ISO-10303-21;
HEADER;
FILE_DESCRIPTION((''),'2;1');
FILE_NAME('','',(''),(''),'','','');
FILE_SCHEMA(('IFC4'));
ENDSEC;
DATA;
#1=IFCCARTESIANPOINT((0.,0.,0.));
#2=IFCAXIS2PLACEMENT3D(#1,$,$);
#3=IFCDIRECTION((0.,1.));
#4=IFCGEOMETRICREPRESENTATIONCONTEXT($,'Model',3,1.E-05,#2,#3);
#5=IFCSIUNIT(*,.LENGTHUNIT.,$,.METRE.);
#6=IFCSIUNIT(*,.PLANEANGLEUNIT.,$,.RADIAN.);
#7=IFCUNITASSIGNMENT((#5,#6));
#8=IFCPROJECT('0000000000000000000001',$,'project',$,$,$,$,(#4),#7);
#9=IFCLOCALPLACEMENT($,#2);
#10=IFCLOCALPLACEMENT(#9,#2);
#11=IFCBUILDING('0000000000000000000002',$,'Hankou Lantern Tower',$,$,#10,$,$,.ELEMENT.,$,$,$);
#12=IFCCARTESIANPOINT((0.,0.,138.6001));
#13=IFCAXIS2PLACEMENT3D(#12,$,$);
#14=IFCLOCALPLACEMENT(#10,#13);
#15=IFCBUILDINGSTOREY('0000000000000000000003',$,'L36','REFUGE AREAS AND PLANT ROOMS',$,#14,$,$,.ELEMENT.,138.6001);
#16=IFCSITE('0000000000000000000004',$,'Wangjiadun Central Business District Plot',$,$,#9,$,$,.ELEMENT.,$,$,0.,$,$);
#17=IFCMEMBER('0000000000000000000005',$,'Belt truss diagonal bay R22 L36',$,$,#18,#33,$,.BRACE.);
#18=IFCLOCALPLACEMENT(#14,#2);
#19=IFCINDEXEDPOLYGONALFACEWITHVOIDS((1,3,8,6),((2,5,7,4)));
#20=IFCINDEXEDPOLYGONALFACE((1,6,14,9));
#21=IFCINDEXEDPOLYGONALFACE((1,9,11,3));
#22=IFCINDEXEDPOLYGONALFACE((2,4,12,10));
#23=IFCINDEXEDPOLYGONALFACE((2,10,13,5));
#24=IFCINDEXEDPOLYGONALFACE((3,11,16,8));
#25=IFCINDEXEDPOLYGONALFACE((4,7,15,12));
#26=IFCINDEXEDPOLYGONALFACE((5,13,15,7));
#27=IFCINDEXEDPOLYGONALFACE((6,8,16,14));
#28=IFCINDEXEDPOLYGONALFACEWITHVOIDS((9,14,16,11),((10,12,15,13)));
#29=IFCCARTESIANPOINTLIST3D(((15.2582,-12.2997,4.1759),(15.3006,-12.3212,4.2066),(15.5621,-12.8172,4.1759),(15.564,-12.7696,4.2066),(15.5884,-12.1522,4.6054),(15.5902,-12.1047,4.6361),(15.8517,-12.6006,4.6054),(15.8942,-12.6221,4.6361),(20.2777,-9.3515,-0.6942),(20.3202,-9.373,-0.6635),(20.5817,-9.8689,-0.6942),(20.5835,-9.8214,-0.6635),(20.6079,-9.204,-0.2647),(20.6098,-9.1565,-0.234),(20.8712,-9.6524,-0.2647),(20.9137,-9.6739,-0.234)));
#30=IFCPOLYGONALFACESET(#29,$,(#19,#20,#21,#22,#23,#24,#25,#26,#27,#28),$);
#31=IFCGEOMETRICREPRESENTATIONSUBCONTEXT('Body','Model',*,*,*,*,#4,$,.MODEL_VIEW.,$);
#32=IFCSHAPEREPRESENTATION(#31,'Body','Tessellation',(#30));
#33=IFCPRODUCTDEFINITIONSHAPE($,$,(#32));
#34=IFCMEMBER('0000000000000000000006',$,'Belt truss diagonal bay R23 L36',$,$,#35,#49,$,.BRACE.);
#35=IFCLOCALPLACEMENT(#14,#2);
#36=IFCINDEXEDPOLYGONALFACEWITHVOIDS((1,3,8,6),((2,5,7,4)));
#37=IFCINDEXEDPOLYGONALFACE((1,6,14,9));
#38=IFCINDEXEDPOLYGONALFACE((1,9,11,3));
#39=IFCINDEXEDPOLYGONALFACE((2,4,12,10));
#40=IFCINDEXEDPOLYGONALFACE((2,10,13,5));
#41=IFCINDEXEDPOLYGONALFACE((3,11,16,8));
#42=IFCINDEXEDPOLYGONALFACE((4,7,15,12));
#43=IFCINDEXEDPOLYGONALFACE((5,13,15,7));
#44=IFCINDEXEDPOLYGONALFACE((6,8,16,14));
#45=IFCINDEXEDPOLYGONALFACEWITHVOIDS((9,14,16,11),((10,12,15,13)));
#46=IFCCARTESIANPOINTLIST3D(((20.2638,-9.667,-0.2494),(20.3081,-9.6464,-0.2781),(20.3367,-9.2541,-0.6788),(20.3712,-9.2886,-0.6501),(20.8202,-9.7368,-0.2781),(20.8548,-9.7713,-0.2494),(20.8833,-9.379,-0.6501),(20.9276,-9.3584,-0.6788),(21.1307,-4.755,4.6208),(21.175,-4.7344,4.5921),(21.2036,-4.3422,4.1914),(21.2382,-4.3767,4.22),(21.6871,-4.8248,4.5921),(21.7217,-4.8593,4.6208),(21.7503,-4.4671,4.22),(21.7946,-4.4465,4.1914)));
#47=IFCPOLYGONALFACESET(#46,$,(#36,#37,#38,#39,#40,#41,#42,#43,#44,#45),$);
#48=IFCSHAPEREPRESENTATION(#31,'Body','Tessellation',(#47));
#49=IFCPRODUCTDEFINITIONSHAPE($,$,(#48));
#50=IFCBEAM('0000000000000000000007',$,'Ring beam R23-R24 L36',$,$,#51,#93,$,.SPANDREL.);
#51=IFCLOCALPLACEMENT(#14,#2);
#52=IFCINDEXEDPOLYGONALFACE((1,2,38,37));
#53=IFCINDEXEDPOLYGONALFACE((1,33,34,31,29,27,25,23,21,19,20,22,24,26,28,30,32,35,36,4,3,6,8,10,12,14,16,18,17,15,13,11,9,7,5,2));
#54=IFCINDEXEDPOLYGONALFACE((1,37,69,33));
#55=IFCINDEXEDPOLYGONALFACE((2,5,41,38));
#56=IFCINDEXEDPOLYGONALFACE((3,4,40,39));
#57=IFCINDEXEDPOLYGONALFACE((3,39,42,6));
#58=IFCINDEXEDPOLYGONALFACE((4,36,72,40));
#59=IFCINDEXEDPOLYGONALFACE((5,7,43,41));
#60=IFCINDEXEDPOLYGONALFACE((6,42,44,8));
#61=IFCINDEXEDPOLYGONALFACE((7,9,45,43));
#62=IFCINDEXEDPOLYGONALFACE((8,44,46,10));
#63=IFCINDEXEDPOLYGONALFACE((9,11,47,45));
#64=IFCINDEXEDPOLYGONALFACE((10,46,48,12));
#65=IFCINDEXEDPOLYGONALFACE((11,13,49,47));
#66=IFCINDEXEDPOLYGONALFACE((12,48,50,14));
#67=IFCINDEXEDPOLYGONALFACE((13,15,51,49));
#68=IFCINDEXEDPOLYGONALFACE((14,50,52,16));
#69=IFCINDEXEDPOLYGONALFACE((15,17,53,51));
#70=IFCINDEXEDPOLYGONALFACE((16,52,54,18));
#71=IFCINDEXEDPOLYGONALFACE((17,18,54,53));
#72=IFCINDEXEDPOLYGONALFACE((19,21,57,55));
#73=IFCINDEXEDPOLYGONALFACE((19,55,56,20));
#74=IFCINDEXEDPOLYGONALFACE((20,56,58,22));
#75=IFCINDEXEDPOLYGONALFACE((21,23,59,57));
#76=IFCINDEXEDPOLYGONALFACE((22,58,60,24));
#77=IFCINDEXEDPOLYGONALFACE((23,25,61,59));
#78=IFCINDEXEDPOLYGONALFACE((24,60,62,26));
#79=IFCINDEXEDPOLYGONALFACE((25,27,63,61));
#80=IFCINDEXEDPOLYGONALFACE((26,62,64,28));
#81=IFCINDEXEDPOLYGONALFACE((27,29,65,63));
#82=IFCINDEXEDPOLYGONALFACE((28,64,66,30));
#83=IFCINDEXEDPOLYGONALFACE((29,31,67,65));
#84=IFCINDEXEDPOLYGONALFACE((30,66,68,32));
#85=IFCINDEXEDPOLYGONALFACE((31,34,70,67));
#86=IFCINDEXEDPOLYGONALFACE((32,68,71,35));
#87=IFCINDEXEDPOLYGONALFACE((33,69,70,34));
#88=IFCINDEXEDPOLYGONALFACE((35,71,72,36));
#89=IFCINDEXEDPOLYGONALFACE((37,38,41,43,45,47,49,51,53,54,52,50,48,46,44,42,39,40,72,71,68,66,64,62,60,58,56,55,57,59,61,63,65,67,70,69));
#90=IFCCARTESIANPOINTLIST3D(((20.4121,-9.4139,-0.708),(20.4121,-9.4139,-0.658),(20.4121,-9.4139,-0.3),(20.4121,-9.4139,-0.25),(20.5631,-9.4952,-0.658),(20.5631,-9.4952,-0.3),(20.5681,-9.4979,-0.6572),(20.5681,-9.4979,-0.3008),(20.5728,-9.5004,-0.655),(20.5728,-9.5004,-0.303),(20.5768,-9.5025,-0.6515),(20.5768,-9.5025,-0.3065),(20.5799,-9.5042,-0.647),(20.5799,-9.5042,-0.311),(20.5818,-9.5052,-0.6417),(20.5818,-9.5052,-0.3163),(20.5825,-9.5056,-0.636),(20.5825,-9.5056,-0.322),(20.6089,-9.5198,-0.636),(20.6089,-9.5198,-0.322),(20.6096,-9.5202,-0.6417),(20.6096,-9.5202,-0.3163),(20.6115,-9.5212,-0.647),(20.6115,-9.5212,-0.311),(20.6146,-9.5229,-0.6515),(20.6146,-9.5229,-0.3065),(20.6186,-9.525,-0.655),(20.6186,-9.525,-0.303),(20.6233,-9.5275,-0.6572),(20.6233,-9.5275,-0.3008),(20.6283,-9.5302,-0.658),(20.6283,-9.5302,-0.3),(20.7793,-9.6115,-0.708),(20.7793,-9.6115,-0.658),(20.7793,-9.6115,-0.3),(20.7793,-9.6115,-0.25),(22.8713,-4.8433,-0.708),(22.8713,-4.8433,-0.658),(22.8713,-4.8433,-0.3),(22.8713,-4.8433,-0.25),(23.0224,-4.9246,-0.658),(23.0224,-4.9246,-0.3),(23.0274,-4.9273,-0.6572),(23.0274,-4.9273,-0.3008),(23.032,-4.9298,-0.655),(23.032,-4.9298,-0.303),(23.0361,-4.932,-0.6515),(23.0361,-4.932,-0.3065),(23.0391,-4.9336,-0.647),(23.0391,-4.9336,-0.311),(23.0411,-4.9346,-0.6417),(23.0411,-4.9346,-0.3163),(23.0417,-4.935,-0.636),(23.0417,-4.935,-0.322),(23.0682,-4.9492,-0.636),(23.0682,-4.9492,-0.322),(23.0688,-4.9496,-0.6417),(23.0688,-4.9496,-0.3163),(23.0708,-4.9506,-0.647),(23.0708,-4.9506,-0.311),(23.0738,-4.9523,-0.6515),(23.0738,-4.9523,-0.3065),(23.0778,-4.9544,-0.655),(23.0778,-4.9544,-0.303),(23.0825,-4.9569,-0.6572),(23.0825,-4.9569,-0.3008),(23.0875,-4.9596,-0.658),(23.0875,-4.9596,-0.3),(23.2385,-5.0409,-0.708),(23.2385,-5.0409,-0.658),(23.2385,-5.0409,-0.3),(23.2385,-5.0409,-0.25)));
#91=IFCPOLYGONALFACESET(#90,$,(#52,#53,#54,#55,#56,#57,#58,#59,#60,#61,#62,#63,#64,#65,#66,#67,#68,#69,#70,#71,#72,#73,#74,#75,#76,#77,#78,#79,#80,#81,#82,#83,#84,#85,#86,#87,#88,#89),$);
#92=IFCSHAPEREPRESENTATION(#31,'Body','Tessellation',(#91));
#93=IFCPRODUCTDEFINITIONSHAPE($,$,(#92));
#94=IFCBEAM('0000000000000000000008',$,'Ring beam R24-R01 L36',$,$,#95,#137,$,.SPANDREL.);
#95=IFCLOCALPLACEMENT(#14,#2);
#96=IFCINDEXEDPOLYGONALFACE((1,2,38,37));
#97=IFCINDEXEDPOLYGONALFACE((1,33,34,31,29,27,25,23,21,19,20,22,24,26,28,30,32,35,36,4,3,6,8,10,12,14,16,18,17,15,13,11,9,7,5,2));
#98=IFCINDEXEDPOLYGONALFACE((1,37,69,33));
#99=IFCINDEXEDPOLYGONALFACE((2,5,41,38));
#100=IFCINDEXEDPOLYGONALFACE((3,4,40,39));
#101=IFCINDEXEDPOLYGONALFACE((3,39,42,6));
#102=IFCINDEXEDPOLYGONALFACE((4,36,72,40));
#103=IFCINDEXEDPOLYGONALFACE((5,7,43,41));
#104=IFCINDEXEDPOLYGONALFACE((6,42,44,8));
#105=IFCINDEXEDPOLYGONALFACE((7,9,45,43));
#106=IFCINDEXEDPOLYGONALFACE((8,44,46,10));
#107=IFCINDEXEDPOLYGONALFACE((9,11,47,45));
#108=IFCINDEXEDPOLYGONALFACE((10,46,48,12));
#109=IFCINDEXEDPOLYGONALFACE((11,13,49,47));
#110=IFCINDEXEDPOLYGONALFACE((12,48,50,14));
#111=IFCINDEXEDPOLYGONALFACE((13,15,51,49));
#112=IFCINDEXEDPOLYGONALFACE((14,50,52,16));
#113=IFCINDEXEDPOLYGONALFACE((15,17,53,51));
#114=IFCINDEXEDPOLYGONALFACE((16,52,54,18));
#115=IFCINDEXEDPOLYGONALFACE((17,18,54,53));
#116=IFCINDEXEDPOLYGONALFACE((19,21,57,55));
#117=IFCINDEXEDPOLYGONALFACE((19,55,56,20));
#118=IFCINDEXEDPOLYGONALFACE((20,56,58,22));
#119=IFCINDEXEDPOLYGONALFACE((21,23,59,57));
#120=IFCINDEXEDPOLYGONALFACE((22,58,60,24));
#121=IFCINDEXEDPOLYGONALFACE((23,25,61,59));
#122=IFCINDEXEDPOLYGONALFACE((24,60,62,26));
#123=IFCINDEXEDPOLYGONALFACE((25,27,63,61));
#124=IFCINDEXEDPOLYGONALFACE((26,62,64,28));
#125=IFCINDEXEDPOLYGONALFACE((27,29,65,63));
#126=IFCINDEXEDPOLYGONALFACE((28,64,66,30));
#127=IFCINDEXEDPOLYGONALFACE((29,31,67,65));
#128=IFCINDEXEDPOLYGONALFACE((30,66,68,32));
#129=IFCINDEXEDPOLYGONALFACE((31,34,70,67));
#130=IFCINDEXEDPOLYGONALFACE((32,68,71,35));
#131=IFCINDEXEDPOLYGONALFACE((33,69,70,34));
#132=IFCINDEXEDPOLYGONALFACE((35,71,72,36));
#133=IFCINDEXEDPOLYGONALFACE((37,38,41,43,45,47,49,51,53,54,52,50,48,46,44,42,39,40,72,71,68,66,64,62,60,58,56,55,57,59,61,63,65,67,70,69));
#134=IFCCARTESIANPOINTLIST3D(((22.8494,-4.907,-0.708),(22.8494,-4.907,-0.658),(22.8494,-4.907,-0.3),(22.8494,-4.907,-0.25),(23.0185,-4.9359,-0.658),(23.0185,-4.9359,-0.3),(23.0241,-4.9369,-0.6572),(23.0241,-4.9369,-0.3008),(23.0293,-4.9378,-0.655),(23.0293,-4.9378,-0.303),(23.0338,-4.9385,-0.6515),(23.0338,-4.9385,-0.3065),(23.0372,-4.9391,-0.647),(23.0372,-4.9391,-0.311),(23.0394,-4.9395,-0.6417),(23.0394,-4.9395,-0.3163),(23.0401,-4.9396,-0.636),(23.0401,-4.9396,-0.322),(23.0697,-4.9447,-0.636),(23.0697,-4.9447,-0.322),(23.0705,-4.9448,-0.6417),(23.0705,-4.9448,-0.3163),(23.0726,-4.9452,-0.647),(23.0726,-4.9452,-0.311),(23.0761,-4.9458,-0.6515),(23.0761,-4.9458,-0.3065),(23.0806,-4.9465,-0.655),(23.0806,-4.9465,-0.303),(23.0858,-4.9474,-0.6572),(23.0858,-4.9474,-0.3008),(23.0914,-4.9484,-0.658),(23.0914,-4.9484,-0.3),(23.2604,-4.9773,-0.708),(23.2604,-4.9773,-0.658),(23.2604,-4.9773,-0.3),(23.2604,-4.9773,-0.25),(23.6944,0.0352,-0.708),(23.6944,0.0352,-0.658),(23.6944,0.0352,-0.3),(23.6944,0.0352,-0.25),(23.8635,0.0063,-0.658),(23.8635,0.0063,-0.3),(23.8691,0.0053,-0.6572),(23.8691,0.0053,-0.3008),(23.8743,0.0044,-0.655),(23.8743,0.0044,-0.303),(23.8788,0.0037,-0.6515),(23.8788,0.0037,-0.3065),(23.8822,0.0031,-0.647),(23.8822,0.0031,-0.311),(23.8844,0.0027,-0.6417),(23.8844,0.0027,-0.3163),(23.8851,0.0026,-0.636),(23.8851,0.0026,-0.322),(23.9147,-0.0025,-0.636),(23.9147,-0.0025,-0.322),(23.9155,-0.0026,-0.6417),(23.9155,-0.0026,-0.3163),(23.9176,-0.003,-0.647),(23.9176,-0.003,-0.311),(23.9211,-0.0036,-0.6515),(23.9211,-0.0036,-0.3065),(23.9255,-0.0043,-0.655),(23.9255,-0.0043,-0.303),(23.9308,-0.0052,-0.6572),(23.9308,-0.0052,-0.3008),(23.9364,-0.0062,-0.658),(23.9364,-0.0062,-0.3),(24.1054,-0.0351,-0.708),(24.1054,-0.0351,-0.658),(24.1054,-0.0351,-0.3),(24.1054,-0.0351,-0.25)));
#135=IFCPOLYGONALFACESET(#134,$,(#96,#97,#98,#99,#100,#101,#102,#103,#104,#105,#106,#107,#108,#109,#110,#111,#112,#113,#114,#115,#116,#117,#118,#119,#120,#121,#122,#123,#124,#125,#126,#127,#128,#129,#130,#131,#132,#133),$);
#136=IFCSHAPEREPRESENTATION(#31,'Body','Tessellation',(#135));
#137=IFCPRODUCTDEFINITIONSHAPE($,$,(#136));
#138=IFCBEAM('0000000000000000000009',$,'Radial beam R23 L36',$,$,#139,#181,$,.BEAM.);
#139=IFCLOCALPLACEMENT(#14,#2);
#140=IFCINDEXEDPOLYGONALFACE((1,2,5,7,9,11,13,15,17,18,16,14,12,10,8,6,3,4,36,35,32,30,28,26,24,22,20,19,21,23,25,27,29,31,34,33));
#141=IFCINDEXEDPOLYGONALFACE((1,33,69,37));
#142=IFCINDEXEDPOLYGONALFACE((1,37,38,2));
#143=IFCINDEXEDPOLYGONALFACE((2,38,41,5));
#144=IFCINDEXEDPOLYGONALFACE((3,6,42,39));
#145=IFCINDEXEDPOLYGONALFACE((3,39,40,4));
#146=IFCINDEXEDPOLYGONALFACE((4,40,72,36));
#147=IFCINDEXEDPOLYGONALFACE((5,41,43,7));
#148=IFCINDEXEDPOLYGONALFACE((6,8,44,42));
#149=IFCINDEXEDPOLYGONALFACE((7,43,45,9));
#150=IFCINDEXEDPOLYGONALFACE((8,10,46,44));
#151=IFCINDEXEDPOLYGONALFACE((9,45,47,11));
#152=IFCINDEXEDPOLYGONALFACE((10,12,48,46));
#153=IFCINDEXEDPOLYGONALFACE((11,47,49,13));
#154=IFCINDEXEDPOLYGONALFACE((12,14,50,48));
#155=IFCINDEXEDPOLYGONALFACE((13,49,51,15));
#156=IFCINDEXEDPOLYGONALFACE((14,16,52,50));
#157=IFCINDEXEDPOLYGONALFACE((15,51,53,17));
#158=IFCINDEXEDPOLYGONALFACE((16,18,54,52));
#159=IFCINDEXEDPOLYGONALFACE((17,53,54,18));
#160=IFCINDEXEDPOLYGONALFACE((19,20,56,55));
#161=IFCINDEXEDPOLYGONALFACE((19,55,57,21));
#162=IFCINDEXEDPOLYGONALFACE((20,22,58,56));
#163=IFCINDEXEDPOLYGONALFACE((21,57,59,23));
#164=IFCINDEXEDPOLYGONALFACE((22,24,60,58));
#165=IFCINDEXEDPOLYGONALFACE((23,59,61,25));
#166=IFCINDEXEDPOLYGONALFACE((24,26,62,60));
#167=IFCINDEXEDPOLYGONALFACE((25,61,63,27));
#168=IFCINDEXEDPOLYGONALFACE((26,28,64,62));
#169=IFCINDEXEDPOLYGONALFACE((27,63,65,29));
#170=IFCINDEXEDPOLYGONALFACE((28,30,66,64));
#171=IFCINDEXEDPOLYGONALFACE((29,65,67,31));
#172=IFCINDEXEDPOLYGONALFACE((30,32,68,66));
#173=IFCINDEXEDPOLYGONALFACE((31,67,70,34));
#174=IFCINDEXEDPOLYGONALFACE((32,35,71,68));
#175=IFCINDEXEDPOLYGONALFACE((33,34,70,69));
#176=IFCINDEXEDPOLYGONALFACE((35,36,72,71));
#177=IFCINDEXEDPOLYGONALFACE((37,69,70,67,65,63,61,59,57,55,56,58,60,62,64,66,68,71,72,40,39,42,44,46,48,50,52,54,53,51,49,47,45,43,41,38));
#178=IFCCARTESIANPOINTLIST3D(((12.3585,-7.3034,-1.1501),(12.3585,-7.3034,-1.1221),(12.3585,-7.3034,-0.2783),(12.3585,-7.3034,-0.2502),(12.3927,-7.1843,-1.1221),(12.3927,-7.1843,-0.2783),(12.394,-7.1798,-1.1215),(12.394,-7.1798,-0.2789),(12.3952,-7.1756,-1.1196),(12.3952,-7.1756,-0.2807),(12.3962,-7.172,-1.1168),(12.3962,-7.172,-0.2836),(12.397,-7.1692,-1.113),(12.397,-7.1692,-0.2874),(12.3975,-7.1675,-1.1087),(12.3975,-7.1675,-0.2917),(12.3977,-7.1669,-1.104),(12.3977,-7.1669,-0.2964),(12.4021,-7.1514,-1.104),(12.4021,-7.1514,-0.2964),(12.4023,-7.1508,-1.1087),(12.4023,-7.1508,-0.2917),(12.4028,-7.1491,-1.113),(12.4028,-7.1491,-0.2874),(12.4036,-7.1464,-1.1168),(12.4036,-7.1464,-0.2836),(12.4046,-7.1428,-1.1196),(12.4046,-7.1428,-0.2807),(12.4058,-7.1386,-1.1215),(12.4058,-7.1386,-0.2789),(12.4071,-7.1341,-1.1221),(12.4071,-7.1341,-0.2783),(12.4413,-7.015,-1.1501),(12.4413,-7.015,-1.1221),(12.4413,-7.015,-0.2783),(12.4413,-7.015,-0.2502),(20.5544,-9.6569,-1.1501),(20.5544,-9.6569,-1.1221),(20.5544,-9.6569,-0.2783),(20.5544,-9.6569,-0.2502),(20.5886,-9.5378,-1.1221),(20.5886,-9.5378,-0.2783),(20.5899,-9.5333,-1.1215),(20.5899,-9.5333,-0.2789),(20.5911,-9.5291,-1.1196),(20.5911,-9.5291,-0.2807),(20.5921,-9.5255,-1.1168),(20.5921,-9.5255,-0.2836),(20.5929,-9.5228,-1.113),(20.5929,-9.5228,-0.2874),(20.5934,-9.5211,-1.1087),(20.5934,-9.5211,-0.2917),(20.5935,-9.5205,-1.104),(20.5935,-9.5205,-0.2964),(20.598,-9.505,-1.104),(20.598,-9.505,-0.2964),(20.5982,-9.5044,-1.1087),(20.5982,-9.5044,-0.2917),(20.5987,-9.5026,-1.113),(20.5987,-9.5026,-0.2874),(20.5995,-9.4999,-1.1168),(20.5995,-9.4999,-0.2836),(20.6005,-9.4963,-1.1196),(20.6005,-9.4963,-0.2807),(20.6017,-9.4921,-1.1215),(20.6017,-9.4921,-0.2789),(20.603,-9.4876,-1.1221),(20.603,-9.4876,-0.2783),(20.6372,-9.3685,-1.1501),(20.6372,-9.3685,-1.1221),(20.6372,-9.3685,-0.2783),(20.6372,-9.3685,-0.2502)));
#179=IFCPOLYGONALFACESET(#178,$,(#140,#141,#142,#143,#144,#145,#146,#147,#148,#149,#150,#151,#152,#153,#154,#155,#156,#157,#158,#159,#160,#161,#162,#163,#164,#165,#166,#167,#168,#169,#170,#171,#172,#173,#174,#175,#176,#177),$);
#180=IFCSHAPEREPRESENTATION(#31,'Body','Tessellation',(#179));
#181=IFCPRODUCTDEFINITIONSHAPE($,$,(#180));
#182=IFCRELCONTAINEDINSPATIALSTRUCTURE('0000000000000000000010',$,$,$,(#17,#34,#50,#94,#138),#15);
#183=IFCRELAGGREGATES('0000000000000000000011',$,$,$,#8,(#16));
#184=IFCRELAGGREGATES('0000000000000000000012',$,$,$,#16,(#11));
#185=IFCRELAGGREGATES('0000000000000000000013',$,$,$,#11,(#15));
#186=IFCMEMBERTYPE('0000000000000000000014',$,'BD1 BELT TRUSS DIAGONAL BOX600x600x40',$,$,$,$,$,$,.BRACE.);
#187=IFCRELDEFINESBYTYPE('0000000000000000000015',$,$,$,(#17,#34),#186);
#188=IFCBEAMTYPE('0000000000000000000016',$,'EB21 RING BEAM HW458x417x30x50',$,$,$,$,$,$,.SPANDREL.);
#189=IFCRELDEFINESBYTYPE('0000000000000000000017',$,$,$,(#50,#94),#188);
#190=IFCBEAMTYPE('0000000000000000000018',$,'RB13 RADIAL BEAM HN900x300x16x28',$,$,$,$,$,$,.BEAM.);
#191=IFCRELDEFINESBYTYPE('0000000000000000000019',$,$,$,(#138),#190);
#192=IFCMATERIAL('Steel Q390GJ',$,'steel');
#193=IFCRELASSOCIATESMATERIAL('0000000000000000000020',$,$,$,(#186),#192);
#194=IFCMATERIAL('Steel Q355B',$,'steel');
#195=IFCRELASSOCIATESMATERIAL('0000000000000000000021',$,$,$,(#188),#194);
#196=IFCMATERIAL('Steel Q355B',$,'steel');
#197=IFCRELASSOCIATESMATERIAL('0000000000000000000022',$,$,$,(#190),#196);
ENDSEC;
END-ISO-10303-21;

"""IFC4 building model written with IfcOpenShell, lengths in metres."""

from ifc_helpers import new_model, si_unit, direction, frame, origin, origin_2d, place, context, subcontext, project, spatial, hollow_rectangle, i_section, extrude, material, material_profile, profile_set, type_object, element, save


model = new_model("IFC4")

# Units and contexts
model_context = context("Model", 3, precision=1e-05, world=origin(), true_north=direction((0.0, 1.0)))
body_context = subcontext(model_context, "Body", "Model", "MODEL_VIEW")
ifc_project = project(units=[si_unit("LENGTHUNIT", "METRE"), si_unit("PLANEANGLEUNIT", "RADIAN")], contexts=[model_context])

# Site, building, storey
site_placement = place(None, origin())
site = spatial("IfcSite", under=ifc_project, at=site_placement, Name="Wangjiadun Central Business District Plot", CompositionType="ELEMENT", RefElevation=0.0)
building_placement = place(site_placement, origin())
building = spatial("IfcBuilding", under=site, at=building_placement, Name="Hankou Lantern Tower", CompositionType="ELEMENT")
storey_placement = place(building_placement, frame((0.0, 0.0, 138.6001)))
storey = spatial("IfcBuildingStorey", under=building, at=storey_placement, Name="L36", Description="REFUGE AREAS AND PLANT ROOMS", CompositionType="ELEMENT", Elevation=138.6001)

# Members
ifc_material_1 = material(Name="Steel Q390GJ", Category="steel")
ifc_material_profile_1 = material_profile(ifc_material_1, hollow_rectangle(XDim=0.6001, YDim=0.6001, WallThickness=0.04, at=origin_2d()), Name="BOX600x600x40")
ifc_profile_set_1 = profile_set([ifc_material_profile_1], Name="Steel Q390GJ")
member_type = type_object("IfcMemberType", Name="BD1 BELT TRUSS DIAGONAL BOX600x600x40", PredefinedType="BRACE", material=ifc_profile_set_1)
member_1_placement = place(storey_placement, frame((20.5957, -9.5127, -0.4641), z_axis=(-0.661348, -0.388445, 0.641662), x_axis=(0.506456, -0.862266, 0.0)))
element("IfcMember", 1, at=member_1_placement, inside=storey, type_object=member_type, Name="Belt truss diagonal bay R22 L36", PredefinedType="BRACE", context=body_context, shape_type="SweptSolid", body=[
    extrude(hollow_rectangle(XDim=0.6001, YDim=0.6001, WallThickness=0.04, at=origin_2d()), origin(), (0.0, 0.0, 1.0), 7.5898),
])
member_2_placement = place(storey_placement, frame((20.5957, -9.5127, -0.4641), z_axis=(0.124363, 0.704605, 0.698617), x_axis=(-0.984779, 0.173813, 0.0)))
element("IfcMember", 2, at=member_2_placement, inside=storey, type_object=member_type, Name="Belt truss diagonal bay R23 L36", PredefinedType="BRACE", context=body_context, shape_type="SweptSolid", body=[
    extrude(hollow_rectangle(XDim=0.6001, YDim=0.6001, WallThickness=0.04, at=origin_2d()), origin(), (0.0, 0.0, 1.0), 6.9712),
])

# Beams
ifc_material_2 = material(Name="Steel Q355B", Category="steel")
ifc_material_profile_2 = material_profile(ifc_material_2, i_section(OverallWidth=0.417, OverallDepth=0.458, WebThickness=0.03, FlangeThickness=0.05, FilletRadius=0.022, at=origin_2d()), Name="HW458x417x30x50")
ifc_profile_set_2 = profile_set([ifc_material_profile_2], Name="Steel Q355B")
beam_type_1 = type_object("IfcBeamType", Name="EB21 RING BEAM HW458x417x30x50", PredefinedType="SPANDREL", material=ifc_profile_set_2)
beam_1_placement = place(storey_placement, frame((20.5957, -9.5127, -0.479), z_axis=(0.473825, 0.880619, 0.0), x_axis=(-0.880619, 0.473825, 0.0)))
element("IfcBeam", 3, at=beam_1_placement, inside=storey, type_object=beam_type_1, Name="Ring beam R23-R24 L36", PredefinedType="SPANDREL", context=body_context, shape_type="SweptSolid", body=[
    extrude(i_section(OverallWidth=0.417, OverallDepth=0.458, WebThickness=0.03, FlangeThickness=0.05, FilletRadius=0.022, at=origin_2d()), origin(), (0.0, 0.0, 1.0), 5.1902),
])
beam_2_placement = place(storey_placement, frame((23.0549, -4.9421, -0.479), z_axis=(0.168527, 0.985697, 0.0), x_axis=(-0.985697, 0.168527, 0.0)))
element("IfcBeam", 4, at=beam_2_placement, inside=storey, type_object=beam_type_1, Name="Ring beam R24-R01 L36", PredefinedType="SPANDREL", context=body_context, shape_type="SweptSolid", body=[
    extrude(i_section(OverallWidth=0.417, OverallDepth=0.458, WebThickness=0.03, FlangeThickness=0.05, FilletRadius=0.022, at=origin_2d()), origin(), (0.0, 0.0, 1.0), 5.0139),
])
ifc_material_3 = material(Name="Steel Q355B", Category="steel")
ifc_material_profile_3 = material_profile(ifc_material_3, i_section(OverallWidth=0.3, OverallDepth=0.8999, WebThickness=0.0161, FlangeThickness=0.0281, FilletRadius=0.0181, at=origin_2d()), Name="HN900x300x16x28")
ifc_profile_set_3 = profile_set([ifc_material_profile_3], Name="Steel Q355B")
beam_type_2 = type_object("IfcBeamType", Name="RB13 RADIAL BEAM HN900x300x16x28", PredefinedType="BEAM", material=ifc_profile_set_3)
beam_3_placement = place(storey_placement, frame((12.3999, -7.1592, -0.7002), z_axis=(0.961156, -0.276007, 0.0), x_axis=(0.276007, 0.961156, 0.0)))
element("IfcBeam", 5, at=beam_3_placement, inside=storey, type_object=beam_type_2, Name="Radial beam R23 L36", PredefinedType="BEAM", context=body_context, shape_type="SweptSolid", body=[
    extrude(i_section(OverallWidth=0.3, OverallDepth=0.8999, WebThickness=0.0161, FlangeThickness=0.0281, FilletRadius=0.0181, at=origin_2d()), origin(), (0.0, 0.0, 1.0), 8.5271),
])

save(model, "model.ifc")
